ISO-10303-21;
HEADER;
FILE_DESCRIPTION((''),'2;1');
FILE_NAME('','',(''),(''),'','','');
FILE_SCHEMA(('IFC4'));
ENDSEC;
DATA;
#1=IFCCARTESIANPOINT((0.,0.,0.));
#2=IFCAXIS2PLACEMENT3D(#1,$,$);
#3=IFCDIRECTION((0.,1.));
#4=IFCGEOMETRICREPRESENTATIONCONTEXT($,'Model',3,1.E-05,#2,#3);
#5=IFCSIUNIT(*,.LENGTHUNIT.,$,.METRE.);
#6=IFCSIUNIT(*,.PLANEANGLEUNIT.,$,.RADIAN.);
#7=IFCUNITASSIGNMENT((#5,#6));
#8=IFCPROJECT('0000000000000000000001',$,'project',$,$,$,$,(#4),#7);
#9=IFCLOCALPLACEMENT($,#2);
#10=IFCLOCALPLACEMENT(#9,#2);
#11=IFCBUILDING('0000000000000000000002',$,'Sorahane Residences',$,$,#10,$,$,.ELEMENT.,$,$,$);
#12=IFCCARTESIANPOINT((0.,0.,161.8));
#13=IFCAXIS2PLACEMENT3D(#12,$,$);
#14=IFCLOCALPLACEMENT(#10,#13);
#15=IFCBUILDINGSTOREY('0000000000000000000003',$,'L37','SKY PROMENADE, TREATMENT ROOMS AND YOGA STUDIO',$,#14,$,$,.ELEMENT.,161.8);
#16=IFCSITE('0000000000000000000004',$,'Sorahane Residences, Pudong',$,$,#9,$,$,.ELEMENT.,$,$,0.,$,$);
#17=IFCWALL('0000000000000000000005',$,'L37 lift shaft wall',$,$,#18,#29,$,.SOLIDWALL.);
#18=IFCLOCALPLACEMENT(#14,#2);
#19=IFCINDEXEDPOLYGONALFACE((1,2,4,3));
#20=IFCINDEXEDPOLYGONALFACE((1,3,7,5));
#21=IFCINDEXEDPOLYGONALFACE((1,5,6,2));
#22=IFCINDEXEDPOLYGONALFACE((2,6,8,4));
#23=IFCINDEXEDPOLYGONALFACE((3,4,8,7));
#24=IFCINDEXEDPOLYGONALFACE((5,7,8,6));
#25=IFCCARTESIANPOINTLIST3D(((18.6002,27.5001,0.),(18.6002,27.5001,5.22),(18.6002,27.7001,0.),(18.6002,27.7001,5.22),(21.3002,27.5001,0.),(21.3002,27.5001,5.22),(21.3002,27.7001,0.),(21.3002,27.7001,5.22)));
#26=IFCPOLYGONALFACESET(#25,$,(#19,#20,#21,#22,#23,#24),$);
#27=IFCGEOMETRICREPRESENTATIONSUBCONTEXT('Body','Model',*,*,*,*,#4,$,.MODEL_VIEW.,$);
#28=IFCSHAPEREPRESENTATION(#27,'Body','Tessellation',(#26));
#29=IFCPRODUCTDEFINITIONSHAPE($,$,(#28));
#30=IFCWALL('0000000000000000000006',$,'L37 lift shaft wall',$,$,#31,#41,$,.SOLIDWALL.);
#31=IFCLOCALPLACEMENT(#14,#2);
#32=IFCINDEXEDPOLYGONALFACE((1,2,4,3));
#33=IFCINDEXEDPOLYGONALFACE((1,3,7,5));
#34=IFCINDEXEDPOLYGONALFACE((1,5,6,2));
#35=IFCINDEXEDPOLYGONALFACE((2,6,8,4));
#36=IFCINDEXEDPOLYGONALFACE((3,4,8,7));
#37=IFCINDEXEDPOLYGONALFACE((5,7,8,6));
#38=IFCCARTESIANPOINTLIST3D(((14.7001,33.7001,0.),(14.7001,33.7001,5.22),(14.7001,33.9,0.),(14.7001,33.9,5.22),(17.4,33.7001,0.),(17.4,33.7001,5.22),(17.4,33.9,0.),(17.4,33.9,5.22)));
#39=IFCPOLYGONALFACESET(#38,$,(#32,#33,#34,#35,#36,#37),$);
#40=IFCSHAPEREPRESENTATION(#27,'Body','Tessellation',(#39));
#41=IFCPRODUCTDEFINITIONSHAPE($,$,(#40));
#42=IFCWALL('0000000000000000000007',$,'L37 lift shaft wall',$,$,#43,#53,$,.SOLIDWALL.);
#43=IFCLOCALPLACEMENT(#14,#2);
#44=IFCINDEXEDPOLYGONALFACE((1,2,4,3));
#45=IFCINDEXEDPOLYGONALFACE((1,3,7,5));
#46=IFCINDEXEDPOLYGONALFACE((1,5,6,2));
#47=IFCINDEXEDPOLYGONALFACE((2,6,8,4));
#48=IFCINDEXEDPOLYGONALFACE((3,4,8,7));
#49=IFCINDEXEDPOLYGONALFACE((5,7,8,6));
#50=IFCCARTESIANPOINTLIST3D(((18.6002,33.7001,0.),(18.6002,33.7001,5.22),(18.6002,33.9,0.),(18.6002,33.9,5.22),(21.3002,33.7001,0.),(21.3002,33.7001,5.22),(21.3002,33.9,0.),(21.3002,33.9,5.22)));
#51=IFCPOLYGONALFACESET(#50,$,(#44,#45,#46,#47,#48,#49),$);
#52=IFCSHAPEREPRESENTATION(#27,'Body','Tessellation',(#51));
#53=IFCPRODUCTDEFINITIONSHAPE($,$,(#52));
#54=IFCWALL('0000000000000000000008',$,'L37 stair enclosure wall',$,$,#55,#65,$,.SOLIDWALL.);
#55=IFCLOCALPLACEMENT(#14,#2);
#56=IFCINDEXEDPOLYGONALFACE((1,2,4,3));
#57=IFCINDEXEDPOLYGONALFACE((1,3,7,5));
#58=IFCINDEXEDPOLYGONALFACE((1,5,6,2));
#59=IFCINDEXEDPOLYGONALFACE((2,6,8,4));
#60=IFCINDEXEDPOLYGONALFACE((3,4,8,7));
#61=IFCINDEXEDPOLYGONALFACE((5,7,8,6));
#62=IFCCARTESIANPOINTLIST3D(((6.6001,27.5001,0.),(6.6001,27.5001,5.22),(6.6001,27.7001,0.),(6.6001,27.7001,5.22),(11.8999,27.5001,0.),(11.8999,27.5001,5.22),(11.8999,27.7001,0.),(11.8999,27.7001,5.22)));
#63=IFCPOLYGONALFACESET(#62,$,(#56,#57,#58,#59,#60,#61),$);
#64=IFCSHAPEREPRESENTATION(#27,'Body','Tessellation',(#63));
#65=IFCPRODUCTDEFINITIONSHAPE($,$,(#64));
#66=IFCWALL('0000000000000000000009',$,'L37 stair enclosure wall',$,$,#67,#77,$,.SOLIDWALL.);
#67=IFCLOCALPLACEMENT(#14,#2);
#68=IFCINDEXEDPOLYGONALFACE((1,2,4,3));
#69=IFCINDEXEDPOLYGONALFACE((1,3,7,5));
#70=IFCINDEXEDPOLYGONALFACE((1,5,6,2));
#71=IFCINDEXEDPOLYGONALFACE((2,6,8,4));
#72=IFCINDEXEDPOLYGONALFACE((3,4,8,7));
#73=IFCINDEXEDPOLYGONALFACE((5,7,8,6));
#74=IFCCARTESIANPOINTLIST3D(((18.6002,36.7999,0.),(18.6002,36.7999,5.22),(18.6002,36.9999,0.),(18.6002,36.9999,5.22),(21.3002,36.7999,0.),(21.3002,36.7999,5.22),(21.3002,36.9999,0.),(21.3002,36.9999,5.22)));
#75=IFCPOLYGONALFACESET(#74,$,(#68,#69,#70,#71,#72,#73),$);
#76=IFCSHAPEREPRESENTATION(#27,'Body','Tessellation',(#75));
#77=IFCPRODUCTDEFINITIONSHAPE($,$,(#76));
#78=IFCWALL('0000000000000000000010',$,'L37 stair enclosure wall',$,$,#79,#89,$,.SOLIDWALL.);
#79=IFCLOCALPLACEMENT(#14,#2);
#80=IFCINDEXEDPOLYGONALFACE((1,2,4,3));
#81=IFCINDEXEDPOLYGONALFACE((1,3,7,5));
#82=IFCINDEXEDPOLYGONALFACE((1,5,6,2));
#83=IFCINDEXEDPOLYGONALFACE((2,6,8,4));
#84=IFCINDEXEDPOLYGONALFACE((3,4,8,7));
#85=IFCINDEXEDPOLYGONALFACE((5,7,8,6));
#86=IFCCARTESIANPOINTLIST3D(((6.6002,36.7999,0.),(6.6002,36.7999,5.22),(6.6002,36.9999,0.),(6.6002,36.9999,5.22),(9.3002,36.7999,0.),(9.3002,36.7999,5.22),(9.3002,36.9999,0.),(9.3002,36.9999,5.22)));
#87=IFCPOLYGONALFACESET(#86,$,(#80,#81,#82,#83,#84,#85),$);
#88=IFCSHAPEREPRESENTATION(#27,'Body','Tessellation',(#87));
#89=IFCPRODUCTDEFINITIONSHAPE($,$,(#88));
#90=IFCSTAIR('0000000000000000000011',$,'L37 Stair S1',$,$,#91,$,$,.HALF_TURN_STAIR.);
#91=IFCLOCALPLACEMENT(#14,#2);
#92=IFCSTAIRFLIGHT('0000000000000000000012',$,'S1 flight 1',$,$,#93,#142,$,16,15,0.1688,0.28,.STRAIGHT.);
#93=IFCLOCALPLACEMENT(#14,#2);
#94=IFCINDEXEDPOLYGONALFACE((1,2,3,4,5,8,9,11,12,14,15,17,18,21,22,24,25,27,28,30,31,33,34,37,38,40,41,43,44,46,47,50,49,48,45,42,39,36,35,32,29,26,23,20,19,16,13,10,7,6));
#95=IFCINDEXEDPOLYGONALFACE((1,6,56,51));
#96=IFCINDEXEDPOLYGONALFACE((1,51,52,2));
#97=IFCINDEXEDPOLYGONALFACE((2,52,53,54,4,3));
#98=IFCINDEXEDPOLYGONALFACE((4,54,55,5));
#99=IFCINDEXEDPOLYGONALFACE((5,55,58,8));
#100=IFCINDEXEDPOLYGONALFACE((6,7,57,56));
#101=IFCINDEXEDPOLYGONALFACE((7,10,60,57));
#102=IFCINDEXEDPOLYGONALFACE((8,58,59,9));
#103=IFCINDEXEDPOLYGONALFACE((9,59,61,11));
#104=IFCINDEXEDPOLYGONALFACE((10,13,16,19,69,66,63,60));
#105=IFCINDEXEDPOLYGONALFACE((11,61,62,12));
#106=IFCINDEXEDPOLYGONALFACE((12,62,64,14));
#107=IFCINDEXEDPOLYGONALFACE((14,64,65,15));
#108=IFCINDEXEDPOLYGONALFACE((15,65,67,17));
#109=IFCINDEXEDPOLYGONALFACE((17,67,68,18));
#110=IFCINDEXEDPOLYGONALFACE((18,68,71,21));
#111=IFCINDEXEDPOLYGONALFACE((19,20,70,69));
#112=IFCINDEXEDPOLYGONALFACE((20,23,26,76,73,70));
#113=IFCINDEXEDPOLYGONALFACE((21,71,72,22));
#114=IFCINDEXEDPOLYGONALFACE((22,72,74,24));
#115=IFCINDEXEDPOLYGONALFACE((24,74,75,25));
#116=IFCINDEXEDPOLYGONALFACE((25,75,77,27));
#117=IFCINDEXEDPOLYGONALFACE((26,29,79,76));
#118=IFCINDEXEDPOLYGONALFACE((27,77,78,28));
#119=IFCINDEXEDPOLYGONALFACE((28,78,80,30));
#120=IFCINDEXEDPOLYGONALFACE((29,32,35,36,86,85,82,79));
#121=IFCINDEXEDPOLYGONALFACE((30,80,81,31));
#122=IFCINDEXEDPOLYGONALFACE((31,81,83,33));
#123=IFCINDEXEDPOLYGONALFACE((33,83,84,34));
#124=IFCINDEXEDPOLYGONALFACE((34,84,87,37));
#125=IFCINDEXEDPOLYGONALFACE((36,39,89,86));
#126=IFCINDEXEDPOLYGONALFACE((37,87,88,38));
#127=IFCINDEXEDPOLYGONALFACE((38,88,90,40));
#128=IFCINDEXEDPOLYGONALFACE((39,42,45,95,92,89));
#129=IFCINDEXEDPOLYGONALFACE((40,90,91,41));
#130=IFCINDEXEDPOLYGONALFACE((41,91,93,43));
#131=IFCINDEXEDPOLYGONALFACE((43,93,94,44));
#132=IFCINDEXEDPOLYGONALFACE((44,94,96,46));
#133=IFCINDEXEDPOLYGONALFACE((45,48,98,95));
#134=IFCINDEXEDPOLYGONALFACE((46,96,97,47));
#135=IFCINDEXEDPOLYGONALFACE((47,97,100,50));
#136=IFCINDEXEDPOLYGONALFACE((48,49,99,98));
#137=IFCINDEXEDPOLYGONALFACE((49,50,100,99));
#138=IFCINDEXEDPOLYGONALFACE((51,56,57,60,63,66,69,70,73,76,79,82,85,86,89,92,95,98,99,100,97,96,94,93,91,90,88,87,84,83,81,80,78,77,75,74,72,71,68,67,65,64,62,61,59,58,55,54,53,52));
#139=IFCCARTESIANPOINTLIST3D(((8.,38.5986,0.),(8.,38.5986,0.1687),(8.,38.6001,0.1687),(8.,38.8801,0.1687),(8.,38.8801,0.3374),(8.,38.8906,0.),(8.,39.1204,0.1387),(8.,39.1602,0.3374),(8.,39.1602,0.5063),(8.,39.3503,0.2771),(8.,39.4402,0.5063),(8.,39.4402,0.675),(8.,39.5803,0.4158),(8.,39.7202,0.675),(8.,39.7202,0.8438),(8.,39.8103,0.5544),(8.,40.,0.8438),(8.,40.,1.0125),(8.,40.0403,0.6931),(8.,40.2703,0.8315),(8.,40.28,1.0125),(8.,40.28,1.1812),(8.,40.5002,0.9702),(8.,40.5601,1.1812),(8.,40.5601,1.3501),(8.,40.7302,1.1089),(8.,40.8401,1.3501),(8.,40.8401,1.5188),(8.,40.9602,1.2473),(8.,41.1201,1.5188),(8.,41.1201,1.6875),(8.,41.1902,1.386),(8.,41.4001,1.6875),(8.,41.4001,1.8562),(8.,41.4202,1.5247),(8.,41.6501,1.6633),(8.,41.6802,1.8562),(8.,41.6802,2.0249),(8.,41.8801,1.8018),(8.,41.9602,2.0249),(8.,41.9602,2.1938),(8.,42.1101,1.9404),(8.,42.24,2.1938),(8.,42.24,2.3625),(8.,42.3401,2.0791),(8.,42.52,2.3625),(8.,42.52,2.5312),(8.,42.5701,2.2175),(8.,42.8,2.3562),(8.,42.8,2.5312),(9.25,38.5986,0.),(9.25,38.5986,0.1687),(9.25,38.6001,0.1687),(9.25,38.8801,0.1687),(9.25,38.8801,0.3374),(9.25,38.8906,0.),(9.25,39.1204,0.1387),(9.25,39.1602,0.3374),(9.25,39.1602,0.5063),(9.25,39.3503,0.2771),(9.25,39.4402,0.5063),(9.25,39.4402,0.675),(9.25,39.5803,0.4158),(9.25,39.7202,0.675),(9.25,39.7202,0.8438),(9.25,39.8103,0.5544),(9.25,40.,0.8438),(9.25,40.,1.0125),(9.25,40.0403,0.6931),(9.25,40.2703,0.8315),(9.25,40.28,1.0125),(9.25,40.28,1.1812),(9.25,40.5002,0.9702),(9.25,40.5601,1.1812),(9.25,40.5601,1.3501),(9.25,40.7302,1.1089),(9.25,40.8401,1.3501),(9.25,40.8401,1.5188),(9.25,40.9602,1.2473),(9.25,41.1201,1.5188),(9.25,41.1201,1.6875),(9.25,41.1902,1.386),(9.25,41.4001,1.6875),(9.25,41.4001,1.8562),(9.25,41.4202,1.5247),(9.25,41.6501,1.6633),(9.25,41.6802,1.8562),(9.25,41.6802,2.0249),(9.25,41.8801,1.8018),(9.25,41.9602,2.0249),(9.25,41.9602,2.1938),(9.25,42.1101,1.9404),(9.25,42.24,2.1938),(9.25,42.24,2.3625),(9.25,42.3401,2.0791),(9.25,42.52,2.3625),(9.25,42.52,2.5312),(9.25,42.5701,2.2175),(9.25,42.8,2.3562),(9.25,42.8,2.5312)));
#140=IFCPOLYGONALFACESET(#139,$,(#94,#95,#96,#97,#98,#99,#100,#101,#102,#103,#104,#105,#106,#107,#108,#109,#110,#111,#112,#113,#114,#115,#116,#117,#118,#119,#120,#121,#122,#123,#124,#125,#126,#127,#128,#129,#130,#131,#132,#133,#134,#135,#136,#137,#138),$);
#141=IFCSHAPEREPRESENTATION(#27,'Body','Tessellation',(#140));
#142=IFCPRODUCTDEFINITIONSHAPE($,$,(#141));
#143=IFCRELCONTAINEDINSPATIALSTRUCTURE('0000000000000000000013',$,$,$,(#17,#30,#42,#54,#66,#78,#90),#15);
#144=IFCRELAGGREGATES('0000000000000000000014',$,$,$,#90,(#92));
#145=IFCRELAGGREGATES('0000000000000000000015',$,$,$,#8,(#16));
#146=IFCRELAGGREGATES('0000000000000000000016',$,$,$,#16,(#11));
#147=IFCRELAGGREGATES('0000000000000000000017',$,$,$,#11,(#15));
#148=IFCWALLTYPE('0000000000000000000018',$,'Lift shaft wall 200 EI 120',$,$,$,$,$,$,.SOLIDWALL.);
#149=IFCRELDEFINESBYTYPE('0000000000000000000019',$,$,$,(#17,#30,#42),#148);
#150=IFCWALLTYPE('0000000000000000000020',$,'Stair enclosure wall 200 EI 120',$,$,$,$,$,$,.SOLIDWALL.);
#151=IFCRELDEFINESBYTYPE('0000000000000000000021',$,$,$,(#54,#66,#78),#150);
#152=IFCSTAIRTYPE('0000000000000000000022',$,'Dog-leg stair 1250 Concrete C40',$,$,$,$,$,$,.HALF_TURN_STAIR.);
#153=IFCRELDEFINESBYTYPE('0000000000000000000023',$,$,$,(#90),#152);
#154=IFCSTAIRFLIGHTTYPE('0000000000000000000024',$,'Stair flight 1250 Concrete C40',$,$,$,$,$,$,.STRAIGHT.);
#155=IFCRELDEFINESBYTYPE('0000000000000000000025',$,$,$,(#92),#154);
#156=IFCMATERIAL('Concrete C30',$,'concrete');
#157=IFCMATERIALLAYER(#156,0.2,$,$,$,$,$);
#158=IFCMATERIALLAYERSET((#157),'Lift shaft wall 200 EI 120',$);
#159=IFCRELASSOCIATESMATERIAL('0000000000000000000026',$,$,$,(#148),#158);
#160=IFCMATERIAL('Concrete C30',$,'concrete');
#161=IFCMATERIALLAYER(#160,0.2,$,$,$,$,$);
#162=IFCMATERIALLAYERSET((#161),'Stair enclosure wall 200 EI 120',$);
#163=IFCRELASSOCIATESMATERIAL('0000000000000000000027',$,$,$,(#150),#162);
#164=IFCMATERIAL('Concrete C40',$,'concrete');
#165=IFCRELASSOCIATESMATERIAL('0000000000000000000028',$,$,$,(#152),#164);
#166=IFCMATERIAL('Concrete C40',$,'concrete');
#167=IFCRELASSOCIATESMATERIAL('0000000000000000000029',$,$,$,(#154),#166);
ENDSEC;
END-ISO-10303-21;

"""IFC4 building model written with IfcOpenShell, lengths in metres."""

from ifc_helpers import new_model, si_unit, direction, frame, frame_2d, origin, place, context, subcontext, project, spatial, polyline, rectangle, outline, extrude, material, layer, layer_set, type_object, element, aggregate, save


model = new_model("IFC4")

# Units and contexts
model_context = context("Model", 3, precision=1e-05, world=origin(), true_north=direction((0.0, 1.0)))
body_context = subcontext(model_context, "Body", "Model", "MODEL_VIEW")
ifc_project = project(units=[si_unit("LENGTHUNIT", "METRE"), si_unit("PLANEANGLEUNIT", "RADIAN")], contexts=[model_context])

# Site, building, storey
site_placement = place(None, origin())
site = spatial("IfcSite", under=ifc_project, at=site_placement, Name="Sorahane Residences, Pudong", CompositionType="ELEMENT", RefElevation=0.0)
building_placement = place(site_placement, origin())
building = spatial("IfcBuilding", under=site, at=building_placement, Name="Sorahane Residences", CompositionType="ELEMENT")
storey_placement = place(building_placement, frame((0.0, 0.0, 161.8)))
storey = spatial("IfcBuildingStorey", under=building, at=storey_placement, Name="L37", Description="SKY PROMENADE, TREATMENT ROOMS AND YOGA STUDIO", CompositionType="ELEMENT", Elevation=161.8)

# Shared definitions
ifc_material_1 = material(Name="Concrete C30", Category="concrete")
ifc_layer_1 = layer(ifc_material_1, 0.2)
ifc_layer_set_1 = layer_set([ifc_layer_1], Name="Lift shaft wall 200 EI 120")
wall_type_1 = type_object("IfcWallType", Name="Lift shaft wall 200 EI 120", PredefinedType="SOLIDWALL", material=ifc_layer_set_1)

# Walls
for number, where, z_axis, x_axis, name in (
    (1, (18.6001, 27.6001, 0.0), (0.0, 0.0, 1.0), (1.0, 0.0, 0.0), "L37 lift shaft wall"),
    (2, (14.7, 33.8, 0.0), (0.0, 0.0, 1.0), (1.0, 0.0, 0.0), "L37 lift shaft wall"),
    (3, (18.6001, 33.8, 0.0), (0.0, 0.0, 1.0), (1.0, 0.0, 0.0), "L37 lift shaft wall"),
):
    element("IfcWall", number, at=place(storey_placement, frame(where, z_axis=z_axis, x_axis=x_axis)), inside=storey, type_object=wall_type_1, Name=name, PredefinedType="SOLIDWALL", context=body_context, shape_type="SweptSolid", body=[
        extrude(rectangle(XDim=2.7, YDim=0.2, at=frame_2d((1.3501, 0.0))), origin(), (0.0, 0.0, 1.0), 5.22),
    ])
ifc_material_2 = material(Name="Concrete C30", Category="concrete")
ifc_layer_2 = layer(ifc_material_2, 0.2)
ifc_layer_set_2 = layer_set([ifc_layer_2], Name="Stair enclosure wall 200 EI 120")
wall_type_2 = type_object("IfcWallType", Name="Stair enclosure wall 200 EI 120", PredefinedType="SOLIDWALL", material=ifc_layer_set_2)
wall_1_placement = place(storey_placement, frame((6.6001, 27.6001, 0.0), z_axis=(0.0, 0.0, 1.0), x_axis=(1.0, 0.0, 0.0)))
element("IfcWall", 4, at=wall_1_placement, inside=storey, type_object=wall_type_2, Name="L37 stair enclosure wall", PredefinedType="SOLIDWALL", context=body_context, shape_type="SweptSolid", body=[
    extrude(rectangle(XDim=5.2998, YDim=0.2, at=frame_2d((2.6499, 0.0))), origin(), (0.0, 0.0, 1.0), 5.22),
])
for number, where, z_axis, x_axis, name in (
    (5, (18.6001, 36.8999, 0.0), (0.0, 0.0, 1.0), (1.0, 0.0, 0.0), "L37 stair enclosure wall"),
    (6, (6.6001, 36.8999, 0.0), (0.0, 0.0, 1.0), (1.0, 0.0, 0.0), "L37 stair enclosure wall"),
):
    element("IfcWall", number, at=place(storey_placement, frame(where, z_axis=z_axis, x_axis=x_axis)), inside=storey, type_object=wall_type_2, Name=name, PredefinedType="SOLIDWALL", context=body_context, shape_type="SweptSolid", body=[
        extrude(rectangle(XDim=2.7, YDim=0.2, at=frame_2d((1.3501, 0.0))), origin(), (0.0, 0.0, 1.0), 5.22),
    ])

# Stair, stair flight
ifc_material_3 = material(Name="Concrete C40", Category="concrete")
stair_type = type_object("IfcStairType", Name="Dog-leg stair 1250 Concrete C40", PredefinedType="HALF_TURN_STAIR", material=ifc_material_3)
stair_placement = place(storey_placement, origin())
stair = element("IfcStair", 7, at=stair_placement, inside=storey, type_object=stair_type, Name="L37 Stair S1", PredefinedType="HALF_TURN_STAIR")
ifc_material_4 = material(Name="Concrete C40", Category="concrete")
stair_flight_type = type_object("IfcStairFlightType", Name="Stair flight 1250 Concrete C40", PredefinedType="STRAIGHT", material=ifc_material_4)
stair_flight_placement = place(storey_placement, frame((8.625, 38.6001, 0.0), z_axis=(0.0, 0.0, 1.0), x_axis=(0.0, 1.0, 0.0)))
stair_flight = element("IfcStairFlight", 8, at=stair_flight_placement, type_object=stair_flight_type, Name="S1 flight 1", NumberOfRisers=16, NumberOfTreads=15, PredefinedType="STRAIGHT", RiserHeight=0.1688, TreadLength=0.28, context=body_context, shape_type="SweptSolid", body=[
    extrude(outline(polyline([(-0.0015, 0.0), (-0.0015, 0.1687), (0.0, 0.1687), (0.28, 0.1687), (0.28, 0.3374), (0.5601, 0.3374), (0.5601, 0.5063), (0.8401, 0.5063), (0.8401, 0.675), (1.1201, 0.675), (1.1201, 0.8438), (1.3999, 0.8438), (1.3999, 1.0125), (1.6799, 1.0125), (1.6799, 1.1812), (1.96, 1.1812), (1.96, 1.3501), (2.24, 1.3501), (2.24, 1.5188), (2.52, 1.5188), (2.52, 1.6875), (2.8, 1.6875), (2.8, 1.8562), (3.0801, 1.8562), (3.0801, 2.0249), (3.3601, 2.0249), (3.3601, 2.1938), (3.6399, 2.1938), (3.6399, 2.3625), (3.9199, 2.3625), (3.9199, 2.5312), (4.2, 2.5312), (4.2, 2.7), (4.2, 2.3562), (3.97, 2.2175), (3.74, 2.0791), (3.51, 1.9404), (3.28, 1.8018), (3.05, 1.6633), (2.8201, 1.5247), (2.5901, 1.386), (2.3601, 1.2473), (2.1301, 1.1089), (1.9001, 0.9702), (1.6702, 0.8315), (1.4402, 0.6931), (1.2102, 0.5544), (0.9802, 0.4158), (0.7502, 0.2771), (0.5203, 0.1387), (0.2905, 0.0), (-0.0015, 0.0)])), frame((0.0, 0.625, 0.0), z_axis=(0.0, -1.0, 0.0), x_axis=(1.0, 0.0, 0.0)), (0.0, 0.0, 1.0), 1.25),
])
aggregate(stair, [stair_flight])

save(model, "model.ifc")
